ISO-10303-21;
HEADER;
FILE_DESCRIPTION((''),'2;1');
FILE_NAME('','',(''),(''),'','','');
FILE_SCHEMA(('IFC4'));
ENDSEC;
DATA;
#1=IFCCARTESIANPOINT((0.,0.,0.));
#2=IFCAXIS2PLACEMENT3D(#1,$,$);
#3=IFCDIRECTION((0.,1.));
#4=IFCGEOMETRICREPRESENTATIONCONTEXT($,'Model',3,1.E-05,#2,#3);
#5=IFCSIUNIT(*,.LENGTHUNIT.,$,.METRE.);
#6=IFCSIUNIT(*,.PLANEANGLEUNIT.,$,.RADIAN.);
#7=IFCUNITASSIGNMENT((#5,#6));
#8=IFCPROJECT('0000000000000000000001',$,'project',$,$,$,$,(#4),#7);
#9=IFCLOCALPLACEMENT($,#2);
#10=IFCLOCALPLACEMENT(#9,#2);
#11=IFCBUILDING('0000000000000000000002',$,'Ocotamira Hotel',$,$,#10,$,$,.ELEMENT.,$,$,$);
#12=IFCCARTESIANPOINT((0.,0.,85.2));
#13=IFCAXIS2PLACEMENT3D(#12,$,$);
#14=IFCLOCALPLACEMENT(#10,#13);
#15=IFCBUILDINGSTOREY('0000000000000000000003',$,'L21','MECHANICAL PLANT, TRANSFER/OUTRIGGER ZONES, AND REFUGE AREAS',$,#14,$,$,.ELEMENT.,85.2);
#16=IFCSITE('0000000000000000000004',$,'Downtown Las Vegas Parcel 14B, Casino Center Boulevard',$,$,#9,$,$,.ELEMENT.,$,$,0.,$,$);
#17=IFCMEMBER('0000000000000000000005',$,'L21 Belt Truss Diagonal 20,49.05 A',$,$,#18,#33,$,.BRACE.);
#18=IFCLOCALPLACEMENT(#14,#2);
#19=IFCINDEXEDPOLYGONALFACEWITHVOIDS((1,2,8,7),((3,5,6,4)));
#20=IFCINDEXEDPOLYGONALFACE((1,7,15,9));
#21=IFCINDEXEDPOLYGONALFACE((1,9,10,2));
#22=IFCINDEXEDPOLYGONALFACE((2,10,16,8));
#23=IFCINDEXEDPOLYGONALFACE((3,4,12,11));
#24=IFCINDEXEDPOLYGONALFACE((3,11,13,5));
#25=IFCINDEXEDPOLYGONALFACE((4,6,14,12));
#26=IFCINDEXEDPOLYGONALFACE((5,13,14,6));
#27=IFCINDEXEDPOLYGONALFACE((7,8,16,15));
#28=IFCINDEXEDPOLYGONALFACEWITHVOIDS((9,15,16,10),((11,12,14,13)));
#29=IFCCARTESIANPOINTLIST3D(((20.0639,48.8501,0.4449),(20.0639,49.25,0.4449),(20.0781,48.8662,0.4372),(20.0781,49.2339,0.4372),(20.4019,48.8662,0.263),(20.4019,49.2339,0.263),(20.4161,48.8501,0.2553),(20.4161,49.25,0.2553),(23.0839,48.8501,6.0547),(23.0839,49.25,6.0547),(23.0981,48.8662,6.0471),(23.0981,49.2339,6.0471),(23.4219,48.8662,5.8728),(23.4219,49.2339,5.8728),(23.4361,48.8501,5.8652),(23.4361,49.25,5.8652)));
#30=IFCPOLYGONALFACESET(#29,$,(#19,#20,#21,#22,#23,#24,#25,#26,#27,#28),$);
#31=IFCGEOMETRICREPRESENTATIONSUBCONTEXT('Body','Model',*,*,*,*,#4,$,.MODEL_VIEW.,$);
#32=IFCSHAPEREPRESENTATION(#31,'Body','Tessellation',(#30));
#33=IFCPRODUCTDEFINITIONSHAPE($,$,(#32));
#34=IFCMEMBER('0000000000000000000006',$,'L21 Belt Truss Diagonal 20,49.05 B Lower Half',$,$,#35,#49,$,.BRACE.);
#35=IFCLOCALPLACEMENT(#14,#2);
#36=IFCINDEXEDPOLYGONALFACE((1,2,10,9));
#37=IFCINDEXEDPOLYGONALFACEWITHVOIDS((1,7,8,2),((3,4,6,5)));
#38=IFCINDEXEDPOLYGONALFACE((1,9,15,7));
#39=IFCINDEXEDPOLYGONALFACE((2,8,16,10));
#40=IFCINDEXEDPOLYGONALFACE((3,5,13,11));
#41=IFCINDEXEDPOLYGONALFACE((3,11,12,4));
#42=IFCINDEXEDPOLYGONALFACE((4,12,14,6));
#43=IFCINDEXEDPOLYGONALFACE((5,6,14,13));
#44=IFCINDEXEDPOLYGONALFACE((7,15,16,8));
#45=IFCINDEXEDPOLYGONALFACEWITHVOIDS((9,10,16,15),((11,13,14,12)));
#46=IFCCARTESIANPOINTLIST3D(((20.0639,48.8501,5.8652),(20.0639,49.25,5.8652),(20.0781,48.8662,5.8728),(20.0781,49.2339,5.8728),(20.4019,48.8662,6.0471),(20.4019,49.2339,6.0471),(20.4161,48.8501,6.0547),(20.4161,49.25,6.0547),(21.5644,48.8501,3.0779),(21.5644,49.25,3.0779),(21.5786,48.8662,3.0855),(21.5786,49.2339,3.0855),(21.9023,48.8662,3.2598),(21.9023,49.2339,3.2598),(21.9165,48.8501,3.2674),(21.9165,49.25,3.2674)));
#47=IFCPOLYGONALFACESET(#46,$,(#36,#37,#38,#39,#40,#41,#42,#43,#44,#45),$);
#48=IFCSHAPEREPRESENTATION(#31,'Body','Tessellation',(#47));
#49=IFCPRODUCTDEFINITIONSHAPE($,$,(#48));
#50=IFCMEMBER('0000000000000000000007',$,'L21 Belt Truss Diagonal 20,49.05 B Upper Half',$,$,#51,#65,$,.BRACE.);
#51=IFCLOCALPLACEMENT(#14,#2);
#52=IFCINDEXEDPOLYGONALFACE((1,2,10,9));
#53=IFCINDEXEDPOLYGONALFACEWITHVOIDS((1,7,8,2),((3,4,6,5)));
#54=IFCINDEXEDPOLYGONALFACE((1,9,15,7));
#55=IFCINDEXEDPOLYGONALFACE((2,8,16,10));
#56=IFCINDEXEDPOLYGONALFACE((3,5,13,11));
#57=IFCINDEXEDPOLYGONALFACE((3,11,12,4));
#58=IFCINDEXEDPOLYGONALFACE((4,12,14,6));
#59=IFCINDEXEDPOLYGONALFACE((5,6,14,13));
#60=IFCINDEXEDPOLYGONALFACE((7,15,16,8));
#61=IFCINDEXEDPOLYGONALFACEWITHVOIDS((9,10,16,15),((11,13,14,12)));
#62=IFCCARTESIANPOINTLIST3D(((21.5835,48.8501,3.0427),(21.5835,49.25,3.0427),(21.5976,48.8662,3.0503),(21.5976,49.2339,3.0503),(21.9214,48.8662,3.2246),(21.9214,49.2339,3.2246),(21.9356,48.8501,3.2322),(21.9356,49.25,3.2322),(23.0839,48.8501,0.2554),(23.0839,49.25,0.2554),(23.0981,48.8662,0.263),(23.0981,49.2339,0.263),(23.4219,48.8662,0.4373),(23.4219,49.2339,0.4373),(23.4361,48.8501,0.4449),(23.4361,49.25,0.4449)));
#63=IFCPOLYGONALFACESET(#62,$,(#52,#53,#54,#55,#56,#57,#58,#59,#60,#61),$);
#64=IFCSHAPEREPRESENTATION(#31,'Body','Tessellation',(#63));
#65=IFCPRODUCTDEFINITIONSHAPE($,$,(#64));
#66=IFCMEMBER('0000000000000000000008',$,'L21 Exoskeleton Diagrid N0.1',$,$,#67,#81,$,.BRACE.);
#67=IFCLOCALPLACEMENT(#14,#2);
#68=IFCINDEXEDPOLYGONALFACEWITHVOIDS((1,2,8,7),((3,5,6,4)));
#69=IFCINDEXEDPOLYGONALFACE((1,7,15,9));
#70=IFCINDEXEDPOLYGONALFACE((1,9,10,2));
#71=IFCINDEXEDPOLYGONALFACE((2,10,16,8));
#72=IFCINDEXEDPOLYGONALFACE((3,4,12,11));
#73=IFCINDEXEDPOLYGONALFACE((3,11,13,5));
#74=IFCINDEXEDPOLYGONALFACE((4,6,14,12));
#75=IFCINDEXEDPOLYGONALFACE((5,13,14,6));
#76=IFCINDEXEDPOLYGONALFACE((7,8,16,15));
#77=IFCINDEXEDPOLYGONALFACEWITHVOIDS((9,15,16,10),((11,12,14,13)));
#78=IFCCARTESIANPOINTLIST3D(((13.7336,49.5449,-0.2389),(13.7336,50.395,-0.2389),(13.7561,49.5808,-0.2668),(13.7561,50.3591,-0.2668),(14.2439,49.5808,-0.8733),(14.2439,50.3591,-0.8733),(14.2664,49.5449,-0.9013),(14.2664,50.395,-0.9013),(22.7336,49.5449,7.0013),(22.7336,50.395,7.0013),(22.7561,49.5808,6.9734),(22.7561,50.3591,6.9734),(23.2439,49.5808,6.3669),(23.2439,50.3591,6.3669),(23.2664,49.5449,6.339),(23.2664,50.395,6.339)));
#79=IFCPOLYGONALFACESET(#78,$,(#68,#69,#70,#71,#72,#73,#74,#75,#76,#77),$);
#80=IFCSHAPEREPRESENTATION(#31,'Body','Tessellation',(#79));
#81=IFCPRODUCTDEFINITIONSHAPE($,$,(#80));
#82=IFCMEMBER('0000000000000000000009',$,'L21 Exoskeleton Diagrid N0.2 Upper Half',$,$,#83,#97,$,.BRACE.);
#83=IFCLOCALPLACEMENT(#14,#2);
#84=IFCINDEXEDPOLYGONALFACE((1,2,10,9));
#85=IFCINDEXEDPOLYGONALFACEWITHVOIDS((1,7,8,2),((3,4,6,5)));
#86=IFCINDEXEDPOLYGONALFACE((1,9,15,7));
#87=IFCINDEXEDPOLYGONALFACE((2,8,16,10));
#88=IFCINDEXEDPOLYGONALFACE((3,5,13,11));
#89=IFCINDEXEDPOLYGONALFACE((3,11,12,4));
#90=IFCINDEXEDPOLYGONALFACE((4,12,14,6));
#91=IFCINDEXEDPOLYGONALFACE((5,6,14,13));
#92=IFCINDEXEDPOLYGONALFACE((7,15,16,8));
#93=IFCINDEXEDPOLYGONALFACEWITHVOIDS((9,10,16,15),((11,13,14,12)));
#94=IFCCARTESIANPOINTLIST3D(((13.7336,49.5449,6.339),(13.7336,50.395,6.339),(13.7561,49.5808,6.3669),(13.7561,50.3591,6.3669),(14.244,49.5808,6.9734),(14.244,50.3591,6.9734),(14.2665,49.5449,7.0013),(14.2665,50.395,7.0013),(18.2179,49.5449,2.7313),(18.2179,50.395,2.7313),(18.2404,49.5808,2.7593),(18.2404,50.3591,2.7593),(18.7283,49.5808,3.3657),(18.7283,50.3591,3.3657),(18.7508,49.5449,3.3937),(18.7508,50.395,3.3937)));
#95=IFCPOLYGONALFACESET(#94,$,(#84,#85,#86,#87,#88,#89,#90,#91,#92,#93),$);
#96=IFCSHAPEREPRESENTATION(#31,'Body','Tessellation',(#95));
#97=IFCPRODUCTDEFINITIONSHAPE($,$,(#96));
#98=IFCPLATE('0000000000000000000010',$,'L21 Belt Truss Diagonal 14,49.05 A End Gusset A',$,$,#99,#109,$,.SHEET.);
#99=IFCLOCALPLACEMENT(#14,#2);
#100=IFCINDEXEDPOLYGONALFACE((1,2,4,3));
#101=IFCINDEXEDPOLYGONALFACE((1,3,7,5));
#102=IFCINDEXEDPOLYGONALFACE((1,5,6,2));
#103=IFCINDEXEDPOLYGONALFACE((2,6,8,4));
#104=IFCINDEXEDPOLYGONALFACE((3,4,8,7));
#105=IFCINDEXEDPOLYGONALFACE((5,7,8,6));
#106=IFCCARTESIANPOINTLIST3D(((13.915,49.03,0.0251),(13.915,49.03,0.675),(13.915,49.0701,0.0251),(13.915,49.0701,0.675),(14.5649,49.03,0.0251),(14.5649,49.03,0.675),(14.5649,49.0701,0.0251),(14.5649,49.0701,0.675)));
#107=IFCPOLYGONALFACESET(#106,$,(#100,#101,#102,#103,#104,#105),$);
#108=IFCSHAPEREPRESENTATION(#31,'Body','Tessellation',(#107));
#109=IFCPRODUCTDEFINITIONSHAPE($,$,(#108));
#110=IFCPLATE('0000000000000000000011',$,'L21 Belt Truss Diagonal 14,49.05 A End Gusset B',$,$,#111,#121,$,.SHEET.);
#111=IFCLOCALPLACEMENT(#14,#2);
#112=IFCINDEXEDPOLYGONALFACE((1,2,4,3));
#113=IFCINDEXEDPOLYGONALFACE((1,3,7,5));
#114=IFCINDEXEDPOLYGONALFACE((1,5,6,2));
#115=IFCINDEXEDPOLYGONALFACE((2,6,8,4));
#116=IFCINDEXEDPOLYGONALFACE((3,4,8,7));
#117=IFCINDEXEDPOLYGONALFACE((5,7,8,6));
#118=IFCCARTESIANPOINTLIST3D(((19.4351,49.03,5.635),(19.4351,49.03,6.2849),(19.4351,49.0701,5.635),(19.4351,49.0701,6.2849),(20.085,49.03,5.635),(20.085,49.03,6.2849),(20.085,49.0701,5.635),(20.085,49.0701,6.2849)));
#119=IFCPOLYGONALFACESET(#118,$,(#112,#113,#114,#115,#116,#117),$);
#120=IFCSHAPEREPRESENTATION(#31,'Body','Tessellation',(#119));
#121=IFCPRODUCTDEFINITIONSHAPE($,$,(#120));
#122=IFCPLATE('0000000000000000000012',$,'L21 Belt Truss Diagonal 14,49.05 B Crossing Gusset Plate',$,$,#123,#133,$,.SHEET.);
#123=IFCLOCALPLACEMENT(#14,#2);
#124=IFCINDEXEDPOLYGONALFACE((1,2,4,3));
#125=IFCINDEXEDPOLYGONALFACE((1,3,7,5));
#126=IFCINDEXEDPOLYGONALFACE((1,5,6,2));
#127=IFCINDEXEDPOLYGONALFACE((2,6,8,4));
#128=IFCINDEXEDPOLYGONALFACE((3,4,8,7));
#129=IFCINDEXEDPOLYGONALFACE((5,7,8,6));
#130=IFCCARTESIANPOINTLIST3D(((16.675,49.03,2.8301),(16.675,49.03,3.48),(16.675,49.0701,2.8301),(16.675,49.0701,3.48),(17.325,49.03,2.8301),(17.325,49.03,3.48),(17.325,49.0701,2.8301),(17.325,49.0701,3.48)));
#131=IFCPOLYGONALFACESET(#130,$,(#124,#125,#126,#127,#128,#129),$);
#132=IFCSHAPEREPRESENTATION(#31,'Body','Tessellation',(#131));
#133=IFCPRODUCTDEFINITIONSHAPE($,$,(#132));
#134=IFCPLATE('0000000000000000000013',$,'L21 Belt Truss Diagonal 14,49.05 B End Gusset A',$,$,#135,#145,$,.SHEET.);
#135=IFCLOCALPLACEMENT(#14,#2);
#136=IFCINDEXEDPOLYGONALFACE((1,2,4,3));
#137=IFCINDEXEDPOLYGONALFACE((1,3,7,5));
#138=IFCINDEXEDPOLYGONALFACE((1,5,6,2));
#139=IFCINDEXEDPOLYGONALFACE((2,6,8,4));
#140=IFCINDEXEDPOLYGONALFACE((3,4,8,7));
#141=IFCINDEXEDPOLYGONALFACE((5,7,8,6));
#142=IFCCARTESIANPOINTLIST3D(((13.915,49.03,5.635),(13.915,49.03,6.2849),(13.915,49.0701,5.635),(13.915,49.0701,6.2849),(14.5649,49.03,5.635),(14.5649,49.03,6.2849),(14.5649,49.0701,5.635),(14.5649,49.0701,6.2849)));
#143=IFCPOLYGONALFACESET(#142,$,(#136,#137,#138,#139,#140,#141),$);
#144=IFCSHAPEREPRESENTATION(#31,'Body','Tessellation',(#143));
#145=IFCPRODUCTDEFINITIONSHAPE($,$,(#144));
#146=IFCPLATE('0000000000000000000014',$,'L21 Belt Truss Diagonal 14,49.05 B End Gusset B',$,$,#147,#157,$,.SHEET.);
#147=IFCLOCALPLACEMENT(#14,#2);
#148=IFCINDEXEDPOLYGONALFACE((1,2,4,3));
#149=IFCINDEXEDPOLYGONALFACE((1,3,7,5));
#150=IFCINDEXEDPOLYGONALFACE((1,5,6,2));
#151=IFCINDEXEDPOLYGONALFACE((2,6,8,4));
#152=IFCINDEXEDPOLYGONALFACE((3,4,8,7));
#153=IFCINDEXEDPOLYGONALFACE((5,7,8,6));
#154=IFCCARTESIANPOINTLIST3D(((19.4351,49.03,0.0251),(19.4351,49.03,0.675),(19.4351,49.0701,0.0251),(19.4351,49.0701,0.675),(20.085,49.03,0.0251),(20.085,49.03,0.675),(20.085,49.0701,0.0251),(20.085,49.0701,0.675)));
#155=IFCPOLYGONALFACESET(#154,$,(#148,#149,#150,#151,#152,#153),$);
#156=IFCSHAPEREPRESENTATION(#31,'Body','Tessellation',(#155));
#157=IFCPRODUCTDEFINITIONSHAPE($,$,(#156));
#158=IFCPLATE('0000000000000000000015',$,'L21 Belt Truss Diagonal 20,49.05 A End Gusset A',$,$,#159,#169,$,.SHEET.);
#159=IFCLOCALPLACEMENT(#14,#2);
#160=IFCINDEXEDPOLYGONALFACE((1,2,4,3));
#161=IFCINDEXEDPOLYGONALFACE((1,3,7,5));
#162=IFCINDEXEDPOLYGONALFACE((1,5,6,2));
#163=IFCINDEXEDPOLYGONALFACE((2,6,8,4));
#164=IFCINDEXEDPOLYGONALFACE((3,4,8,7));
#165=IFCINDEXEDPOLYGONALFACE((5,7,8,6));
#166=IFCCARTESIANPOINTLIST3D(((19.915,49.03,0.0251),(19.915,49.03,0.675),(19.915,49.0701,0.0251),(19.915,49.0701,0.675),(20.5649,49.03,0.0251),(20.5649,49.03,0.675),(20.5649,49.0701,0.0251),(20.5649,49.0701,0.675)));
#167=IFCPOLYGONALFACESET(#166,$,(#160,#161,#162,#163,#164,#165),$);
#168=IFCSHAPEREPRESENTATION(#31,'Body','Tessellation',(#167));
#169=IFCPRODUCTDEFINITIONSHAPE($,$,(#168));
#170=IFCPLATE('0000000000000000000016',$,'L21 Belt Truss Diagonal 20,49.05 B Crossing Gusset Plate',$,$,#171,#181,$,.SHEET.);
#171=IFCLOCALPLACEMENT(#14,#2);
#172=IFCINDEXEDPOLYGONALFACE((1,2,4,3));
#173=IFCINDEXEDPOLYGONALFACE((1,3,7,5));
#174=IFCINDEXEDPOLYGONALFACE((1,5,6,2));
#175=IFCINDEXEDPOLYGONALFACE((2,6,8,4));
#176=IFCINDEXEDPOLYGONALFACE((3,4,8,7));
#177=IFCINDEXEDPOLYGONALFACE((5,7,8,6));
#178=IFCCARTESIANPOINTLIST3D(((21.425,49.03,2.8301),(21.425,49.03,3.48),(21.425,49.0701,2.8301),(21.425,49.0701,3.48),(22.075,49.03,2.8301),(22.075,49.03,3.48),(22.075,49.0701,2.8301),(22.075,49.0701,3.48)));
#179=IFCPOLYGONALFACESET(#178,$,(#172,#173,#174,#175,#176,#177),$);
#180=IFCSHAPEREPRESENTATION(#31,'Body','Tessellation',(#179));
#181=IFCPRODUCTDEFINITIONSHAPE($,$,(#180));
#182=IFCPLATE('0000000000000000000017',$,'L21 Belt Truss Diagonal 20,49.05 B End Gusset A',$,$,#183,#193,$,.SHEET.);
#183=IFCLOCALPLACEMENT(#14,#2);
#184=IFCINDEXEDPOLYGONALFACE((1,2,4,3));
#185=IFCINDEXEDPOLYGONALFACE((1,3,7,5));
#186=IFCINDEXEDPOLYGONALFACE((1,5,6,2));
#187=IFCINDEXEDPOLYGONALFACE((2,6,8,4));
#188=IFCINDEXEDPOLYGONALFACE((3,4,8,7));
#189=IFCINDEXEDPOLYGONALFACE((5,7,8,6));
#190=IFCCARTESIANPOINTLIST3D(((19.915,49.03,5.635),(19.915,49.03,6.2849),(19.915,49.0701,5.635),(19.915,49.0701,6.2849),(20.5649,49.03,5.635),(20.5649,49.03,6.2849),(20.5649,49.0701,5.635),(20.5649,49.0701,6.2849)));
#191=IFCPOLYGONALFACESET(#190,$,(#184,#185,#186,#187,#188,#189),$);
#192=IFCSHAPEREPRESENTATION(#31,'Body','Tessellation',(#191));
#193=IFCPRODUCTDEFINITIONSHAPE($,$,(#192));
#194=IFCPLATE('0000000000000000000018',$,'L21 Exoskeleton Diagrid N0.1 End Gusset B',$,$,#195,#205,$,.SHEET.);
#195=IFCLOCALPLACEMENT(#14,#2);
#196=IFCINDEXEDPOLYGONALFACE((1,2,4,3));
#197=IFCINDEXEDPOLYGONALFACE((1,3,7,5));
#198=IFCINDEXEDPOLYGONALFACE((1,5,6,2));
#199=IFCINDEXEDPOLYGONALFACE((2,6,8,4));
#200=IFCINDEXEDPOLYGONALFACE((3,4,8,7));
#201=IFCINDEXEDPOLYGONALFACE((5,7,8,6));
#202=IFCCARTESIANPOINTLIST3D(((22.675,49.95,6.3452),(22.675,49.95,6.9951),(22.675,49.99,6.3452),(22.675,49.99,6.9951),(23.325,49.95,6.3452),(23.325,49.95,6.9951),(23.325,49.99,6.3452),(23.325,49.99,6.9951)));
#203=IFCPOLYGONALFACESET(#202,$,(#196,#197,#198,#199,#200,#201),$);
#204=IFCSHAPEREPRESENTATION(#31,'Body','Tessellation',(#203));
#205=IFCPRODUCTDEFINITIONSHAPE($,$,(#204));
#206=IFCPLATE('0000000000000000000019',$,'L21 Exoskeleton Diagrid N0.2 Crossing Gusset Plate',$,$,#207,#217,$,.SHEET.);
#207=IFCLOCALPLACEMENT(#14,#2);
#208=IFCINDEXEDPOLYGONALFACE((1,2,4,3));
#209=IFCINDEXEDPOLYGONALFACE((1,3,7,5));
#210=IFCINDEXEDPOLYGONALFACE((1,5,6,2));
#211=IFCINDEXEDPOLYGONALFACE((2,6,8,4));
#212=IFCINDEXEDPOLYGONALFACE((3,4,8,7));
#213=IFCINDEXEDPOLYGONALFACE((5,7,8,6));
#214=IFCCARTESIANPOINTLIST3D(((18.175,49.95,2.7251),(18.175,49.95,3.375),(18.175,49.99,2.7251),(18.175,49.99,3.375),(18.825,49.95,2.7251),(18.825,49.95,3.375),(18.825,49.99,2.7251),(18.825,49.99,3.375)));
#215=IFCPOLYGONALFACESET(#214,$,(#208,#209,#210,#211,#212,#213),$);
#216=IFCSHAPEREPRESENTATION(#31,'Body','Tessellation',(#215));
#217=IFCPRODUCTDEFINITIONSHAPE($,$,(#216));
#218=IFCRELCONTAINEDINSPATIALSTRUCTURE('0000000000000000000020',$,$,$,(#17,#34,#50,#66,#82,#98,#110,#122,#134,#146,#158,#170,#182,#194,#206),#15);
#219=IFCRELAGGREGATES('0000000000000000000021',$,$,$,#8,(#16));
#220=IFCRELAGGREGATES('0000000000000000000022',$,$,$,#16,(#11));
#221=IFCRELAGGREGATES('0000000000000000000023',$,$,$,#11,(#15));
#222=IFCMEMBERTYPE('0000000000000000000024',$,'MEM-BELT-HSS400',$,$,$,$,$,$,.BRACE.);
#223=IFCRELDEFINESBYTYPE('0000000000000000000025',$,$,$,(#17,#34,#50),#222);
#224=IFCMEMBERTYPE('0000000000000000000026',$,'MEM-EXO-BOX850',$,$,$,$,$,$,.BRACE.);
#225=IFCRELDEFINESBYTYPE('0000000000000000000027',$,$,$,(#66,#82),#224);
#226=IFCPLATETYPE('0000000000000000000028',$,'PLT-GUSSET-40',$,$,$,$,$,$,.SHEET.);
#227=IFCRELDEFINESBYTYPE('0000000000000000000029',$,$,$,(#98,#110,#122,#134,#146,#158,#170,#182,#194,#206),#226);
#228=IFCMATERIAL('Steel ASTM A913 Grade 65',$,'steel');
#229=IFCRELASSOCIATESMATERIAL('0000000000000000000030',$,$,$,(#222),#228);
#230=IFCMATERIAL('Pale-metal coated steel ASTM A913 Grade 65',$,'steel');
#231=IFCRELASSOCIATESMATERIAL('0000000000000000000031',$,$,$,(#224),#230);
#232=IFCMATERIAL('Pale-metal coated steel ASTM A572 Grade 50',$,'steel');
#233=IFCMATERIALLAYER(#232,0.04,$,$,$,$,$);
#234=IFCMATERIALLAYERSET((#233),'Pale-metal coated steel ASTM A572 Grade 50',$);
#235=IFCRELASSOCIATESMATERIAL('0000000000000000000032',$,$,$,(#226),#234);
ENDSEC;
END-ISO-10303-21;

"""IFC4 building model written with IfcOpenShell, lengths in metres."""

from ifc_helpers import new_model, si_unit, direction, frame, origin, origin_2d, place, context, subcontext, project, spatial, rectangle, hollow_rectangle, extrude, source, transform, mapped, material, layer, layer_set, material_profile, profile_set, type_object, element, save


model = new_model("IFC4")

# Units and contexts
model_context = context("Model", 3, precision=1e-05, world=origin(), true_north=direction((0.0, 1.0)))
body_context = subcontext(model_context, "Body", "Model", "MODEL_VIEW")
ifc_project = project(units=[si_unit("LENGTHUNIT", "METRE"), si_unit("PLANEANGLEUNIT", "RADIAN")], contexts=[model_context])

# Site, building, storey
site_placement = place(None, origin())
site = spatial("IfcSite", under=ifc_project, at=site_placement, Name="Downtown Las Vegas Parcel 14B, Casino Center Boulevard", CompositionType="ELEMENT", RefElevation=0.0)
building_placement = place(site_placement, origin())
building = spatial("IfcBuilding", under=site, at=building_placement, Name="Ocotamira Hotel", CompositionType="ELEMENT")
storey_placement = place(building_placement, frame((0.0, 0.0, 85.2)))
storey = spatial("IfcBuildingStorey", under=building, at=storey_placement, Name="L21", Description="MECHANICAL PLANT, TRANSFER/OUTRIGGER ZONES, AND REFUGE AREAS", CompositionType="ELEMENT", Elevation=85.2)

# Shared definitions
ifc_material_1 = material(Name="Steel ASTM A913 Grade 65", Category="steel")

# Members
ifc_material_profile_1 = material_profile(ifc_material_1, hollow_rectangle(XDim=0.3999, YDim=0.3999, WallThickness=0.0161, at=origin_2d()), Name="HSS400X400X16")
ifc_profile_set_1 = profile_set([ifc_material_profile_1], Name="Steel ASTM A913 Grade 65")
member_type_1 = type_object("IfcMemberType", Name="MEM-BELT-HSS400", PredefinedType="BRACE", material=ifc_profile_set_1)
shared_shape_1 = source(origin(), body_context, "Body", "SweptSolid", [
    extrude(hollow_rectangle(XDim=0.3999, YDim=0.3999, WallThickness=0.0161, at=origin_2d()), origin(), (0.0, 0.0, 1.0), 6.3711),
])
member_1_placement = place(storey_placement, frame((20.24, 49.05, 0.3501), z_axis=(0.474018, 0.0, 0.880515), x_axis=(0.0, 1.0, 0.0)))
element("IfcMember", 1, at=member_1_placement, inside=storey, type_object=member_type_1, Name="L21 Belt Truss Diagonal 20,49.05 A", PredefinedType="BRACE", context=body_context, shape_type="MappedRepresentation", body=[
    mapped(shared_shape_1, transform((0.0, 0.0, 0.0), scale=1.0)),
])
shared_shape_2 = source(origin(), body_context, "Body", "SweptSolid", [
    extrude(hollow_rectangle(XDim=0.3999, YDim=0.3999, WallThickness=0.0161, at=origin_2d()), origin(), (0.0, 0.0, 1.0), 3.1655),
])
for number, where, z_axis, x_axis, name in (
    (2, (20.24, 49.05, 5.96), (0.474003, 0.0, -0.880523), (0.0, 1.0, 0.0), "L21 Belt Truss Diagonal 20,49.05 B Lower Half"),
    (3, (21.7595, 49.05, 3.1375), (0.474003, 0.0, -0.880523), (0.0, 1.0, 0.0), "L21 Belt Truss Diagonal 20,49.05 B Upper Half"),
):
    element("IfcMember", number, at=place(storey_placement, frame(where, z_axis=z_axis, x_axis=x_axis)), inside=storey, type_object=member_type_1, Name=name, PredefinedType="BRACE", context=body_context, shape_type="MappedRepresentation", body=[
        mapped(shared_shape_2, transform((0.0, 0.0, 0.0), scale=1.0)),
    ])
ifc_material_2 = material(Name="Pale-metal coated steel ASTM A913 Grade 65", Category="steel")
ifc_material_profile_2 = material_profile(ifc_material_2, hollow_rectangle(XDim=0.8501, YDim=0.8501, WallThickness=0.0359, at=origin_2d()), Name="BOX850X850X36")
ifc_profile_set_2 = profile_set([ifc_material_profile_2], Name="Pale-metal coated steel ASTM A913 Grade 65")
member_type_2 = type_object("IfcMemberType", Name="MEM-EXO-BOX850", PredefinedType="BRACE", material=ifc_profile_set_2)
shared_shape_3 = source(origin(), body_context, "Body", "SweptSolid", [
    extrude(hollow_rectangle(XDim=0.8501, YDim=0.8501, WallThickness=0.0359, at=origin_2d()), origin(), (0.0, 0.0, 1.0), 11.5508),
])
member_2_placement = place(storey_placement, frame((14.0, 49.97, -0.5701), z_axis=(0.779167, 0.0, 0.626817), x_axis=(0.0, 1.0, 0.0)))
element("IfcMember", 4, at=member_2_placement, inside=storey, type_object=member_type_2, Name="L21 Exoskeleton Diagrid N0.1", PredefinedType="BRACE", context=body_context, shape_type="MappedRepresentation", body=[
    mapped(shared_shape_3, transform((0.0, 0.0, 0.0), scale=1.0)),
])
shared_shape_4 = source(origin(), body_context, "Body", "SweptSolid", [
    extrude(hollow_rectangle(XDim=0.8501, YDim=0.8501, WallThickness=0.0359, at=origin_2d()), origin(), (0.0, 0.0, 1.0), 5.7554),
])
member_3_placement = place(storey_placement, frame((18.4844, 49.97, 3.0625), z_axis=(-0.779157, 0.0, 0.626829), x_axis=(0.0, -1.0, 0.0)))
element("IfcMember", 5, at=member_3_placement, inside=storey, type_object=member_type_2, Name="L21 Exoskeleton Diagrid N0.2 Upper Half", PredefinedType="BRACE", context=body_context, shape_type="MappedRepresentation", body=[
    mapped(shared_shape_4, transform((0.0, 0.0, 0.0), scale=1.0)),
])

# Plates
ifc_material_3 = material(Name="Pale-metal coated steel ASTM A572 Grade 50", Category="steel")
ifc_layer = layer(ifc_material_3, 0.04)
ifc_layer_set = layer_set([ifc_layer], Name="Pale-metal coated steel ASTM A572 Grade 50")
plate_type = type_object("IfcPlateType", Name="PLT-GUSSET-40", PredefinedType="SHEET", material=ifc_layer_set)
shared_shape_5 = source(origin(), body_context, "Body", "SweptSolid", [
    extrude(rectangle(XDim=0.6499, YDim=0.04, at=origin_2d()), origin(), (0.0, 0.0, 1.0), 0.6499),
])
for number, where, z_axis, x_axis, name in (
    (6, (14.24, 49.05, 0.0251), (0.0, 0.0, 1.0), (1.0, 0.0, 0.0), "L21 Belt Truss Diagonal 14,49.05 A End Gusset A"),
    (7, (19.76, 49.05, 5.635), (0.0, 0.0, 1.0), (1.0, 0.0, 0.0), "L21 Belt Truss Diagonal 14,49.05 A End Gusset B"),
    (8, (17.0, 49.05, 2.8301), (0.0, 0.0, 1.0), (1.0, 0.0, 0.0), "L21 Belt Truss Diagonal 14,49.05 B Crossing Gusset Plate"),
    (9, (14.24, 49.05, 5.635), (0.0, 0.0, 1.0), (1.0, 0.0, 0.0), "L21 Belt Truss Diagonal 14,49.05 B End Gusset A"),
    (10, (19.76, 49.05, 0.0251), (0.0, 0.0, 1.0), (1.0, 0.0, 0.0), "L21 Belt Truss Diagonal 14,49.05 B End Gusset B"),
    (11, (20.24, 49.05, 0.0251), (0.0, 0.0, 1.0), (1.0, 0.0, 0.0), "L21 Belt Truss Diagonal 20,49.05 A End Gusset A"),
    (12, (21.75, 49.05, 2.8301), (0.0, 0.0, 1.0), (1.0, 0.0, 0.0), "L21 Belt Truss Diagonal 20,49.05 B Crossing Gusset Plate"),
    (13, (20.24, 49.05, 5.635), (0.0, 0.0, 1.0), (1.0, 0.0, 0.0), "L21 Belt Truss Diagonal 20,49.05 B End Gusset A"),
    (14, (23.0, 49.97, 6.3452), (0.0, 0.0, 1.0), (1.0, 0.0, 0.0), "L21 Exoskeleton Diagrid N0.1 End Gusset B"),
    (15, (18.5, 49.97, 2.7251), (0.0, 0.0, 1.0), (-1.0, 0.0, 0.0), "L21 Exoskeleton Diagrid N0.2 Crossing Gusset Plate"),
):
    element("IfcPlate", number, at=place(storey_placement, frame(where, z_axis=z_axis, x_axis=x_axis)), inside=storey, type_object=plate_type, Name=name, PredefinedType="SHEET", context=body_context, shape_type="MappedRepresentation", body=[
        mapped(shared_shape_5, transform((0.0, 0.0, 0.0), scale=1.0)),
    ])

save(model, "model.ifc")
